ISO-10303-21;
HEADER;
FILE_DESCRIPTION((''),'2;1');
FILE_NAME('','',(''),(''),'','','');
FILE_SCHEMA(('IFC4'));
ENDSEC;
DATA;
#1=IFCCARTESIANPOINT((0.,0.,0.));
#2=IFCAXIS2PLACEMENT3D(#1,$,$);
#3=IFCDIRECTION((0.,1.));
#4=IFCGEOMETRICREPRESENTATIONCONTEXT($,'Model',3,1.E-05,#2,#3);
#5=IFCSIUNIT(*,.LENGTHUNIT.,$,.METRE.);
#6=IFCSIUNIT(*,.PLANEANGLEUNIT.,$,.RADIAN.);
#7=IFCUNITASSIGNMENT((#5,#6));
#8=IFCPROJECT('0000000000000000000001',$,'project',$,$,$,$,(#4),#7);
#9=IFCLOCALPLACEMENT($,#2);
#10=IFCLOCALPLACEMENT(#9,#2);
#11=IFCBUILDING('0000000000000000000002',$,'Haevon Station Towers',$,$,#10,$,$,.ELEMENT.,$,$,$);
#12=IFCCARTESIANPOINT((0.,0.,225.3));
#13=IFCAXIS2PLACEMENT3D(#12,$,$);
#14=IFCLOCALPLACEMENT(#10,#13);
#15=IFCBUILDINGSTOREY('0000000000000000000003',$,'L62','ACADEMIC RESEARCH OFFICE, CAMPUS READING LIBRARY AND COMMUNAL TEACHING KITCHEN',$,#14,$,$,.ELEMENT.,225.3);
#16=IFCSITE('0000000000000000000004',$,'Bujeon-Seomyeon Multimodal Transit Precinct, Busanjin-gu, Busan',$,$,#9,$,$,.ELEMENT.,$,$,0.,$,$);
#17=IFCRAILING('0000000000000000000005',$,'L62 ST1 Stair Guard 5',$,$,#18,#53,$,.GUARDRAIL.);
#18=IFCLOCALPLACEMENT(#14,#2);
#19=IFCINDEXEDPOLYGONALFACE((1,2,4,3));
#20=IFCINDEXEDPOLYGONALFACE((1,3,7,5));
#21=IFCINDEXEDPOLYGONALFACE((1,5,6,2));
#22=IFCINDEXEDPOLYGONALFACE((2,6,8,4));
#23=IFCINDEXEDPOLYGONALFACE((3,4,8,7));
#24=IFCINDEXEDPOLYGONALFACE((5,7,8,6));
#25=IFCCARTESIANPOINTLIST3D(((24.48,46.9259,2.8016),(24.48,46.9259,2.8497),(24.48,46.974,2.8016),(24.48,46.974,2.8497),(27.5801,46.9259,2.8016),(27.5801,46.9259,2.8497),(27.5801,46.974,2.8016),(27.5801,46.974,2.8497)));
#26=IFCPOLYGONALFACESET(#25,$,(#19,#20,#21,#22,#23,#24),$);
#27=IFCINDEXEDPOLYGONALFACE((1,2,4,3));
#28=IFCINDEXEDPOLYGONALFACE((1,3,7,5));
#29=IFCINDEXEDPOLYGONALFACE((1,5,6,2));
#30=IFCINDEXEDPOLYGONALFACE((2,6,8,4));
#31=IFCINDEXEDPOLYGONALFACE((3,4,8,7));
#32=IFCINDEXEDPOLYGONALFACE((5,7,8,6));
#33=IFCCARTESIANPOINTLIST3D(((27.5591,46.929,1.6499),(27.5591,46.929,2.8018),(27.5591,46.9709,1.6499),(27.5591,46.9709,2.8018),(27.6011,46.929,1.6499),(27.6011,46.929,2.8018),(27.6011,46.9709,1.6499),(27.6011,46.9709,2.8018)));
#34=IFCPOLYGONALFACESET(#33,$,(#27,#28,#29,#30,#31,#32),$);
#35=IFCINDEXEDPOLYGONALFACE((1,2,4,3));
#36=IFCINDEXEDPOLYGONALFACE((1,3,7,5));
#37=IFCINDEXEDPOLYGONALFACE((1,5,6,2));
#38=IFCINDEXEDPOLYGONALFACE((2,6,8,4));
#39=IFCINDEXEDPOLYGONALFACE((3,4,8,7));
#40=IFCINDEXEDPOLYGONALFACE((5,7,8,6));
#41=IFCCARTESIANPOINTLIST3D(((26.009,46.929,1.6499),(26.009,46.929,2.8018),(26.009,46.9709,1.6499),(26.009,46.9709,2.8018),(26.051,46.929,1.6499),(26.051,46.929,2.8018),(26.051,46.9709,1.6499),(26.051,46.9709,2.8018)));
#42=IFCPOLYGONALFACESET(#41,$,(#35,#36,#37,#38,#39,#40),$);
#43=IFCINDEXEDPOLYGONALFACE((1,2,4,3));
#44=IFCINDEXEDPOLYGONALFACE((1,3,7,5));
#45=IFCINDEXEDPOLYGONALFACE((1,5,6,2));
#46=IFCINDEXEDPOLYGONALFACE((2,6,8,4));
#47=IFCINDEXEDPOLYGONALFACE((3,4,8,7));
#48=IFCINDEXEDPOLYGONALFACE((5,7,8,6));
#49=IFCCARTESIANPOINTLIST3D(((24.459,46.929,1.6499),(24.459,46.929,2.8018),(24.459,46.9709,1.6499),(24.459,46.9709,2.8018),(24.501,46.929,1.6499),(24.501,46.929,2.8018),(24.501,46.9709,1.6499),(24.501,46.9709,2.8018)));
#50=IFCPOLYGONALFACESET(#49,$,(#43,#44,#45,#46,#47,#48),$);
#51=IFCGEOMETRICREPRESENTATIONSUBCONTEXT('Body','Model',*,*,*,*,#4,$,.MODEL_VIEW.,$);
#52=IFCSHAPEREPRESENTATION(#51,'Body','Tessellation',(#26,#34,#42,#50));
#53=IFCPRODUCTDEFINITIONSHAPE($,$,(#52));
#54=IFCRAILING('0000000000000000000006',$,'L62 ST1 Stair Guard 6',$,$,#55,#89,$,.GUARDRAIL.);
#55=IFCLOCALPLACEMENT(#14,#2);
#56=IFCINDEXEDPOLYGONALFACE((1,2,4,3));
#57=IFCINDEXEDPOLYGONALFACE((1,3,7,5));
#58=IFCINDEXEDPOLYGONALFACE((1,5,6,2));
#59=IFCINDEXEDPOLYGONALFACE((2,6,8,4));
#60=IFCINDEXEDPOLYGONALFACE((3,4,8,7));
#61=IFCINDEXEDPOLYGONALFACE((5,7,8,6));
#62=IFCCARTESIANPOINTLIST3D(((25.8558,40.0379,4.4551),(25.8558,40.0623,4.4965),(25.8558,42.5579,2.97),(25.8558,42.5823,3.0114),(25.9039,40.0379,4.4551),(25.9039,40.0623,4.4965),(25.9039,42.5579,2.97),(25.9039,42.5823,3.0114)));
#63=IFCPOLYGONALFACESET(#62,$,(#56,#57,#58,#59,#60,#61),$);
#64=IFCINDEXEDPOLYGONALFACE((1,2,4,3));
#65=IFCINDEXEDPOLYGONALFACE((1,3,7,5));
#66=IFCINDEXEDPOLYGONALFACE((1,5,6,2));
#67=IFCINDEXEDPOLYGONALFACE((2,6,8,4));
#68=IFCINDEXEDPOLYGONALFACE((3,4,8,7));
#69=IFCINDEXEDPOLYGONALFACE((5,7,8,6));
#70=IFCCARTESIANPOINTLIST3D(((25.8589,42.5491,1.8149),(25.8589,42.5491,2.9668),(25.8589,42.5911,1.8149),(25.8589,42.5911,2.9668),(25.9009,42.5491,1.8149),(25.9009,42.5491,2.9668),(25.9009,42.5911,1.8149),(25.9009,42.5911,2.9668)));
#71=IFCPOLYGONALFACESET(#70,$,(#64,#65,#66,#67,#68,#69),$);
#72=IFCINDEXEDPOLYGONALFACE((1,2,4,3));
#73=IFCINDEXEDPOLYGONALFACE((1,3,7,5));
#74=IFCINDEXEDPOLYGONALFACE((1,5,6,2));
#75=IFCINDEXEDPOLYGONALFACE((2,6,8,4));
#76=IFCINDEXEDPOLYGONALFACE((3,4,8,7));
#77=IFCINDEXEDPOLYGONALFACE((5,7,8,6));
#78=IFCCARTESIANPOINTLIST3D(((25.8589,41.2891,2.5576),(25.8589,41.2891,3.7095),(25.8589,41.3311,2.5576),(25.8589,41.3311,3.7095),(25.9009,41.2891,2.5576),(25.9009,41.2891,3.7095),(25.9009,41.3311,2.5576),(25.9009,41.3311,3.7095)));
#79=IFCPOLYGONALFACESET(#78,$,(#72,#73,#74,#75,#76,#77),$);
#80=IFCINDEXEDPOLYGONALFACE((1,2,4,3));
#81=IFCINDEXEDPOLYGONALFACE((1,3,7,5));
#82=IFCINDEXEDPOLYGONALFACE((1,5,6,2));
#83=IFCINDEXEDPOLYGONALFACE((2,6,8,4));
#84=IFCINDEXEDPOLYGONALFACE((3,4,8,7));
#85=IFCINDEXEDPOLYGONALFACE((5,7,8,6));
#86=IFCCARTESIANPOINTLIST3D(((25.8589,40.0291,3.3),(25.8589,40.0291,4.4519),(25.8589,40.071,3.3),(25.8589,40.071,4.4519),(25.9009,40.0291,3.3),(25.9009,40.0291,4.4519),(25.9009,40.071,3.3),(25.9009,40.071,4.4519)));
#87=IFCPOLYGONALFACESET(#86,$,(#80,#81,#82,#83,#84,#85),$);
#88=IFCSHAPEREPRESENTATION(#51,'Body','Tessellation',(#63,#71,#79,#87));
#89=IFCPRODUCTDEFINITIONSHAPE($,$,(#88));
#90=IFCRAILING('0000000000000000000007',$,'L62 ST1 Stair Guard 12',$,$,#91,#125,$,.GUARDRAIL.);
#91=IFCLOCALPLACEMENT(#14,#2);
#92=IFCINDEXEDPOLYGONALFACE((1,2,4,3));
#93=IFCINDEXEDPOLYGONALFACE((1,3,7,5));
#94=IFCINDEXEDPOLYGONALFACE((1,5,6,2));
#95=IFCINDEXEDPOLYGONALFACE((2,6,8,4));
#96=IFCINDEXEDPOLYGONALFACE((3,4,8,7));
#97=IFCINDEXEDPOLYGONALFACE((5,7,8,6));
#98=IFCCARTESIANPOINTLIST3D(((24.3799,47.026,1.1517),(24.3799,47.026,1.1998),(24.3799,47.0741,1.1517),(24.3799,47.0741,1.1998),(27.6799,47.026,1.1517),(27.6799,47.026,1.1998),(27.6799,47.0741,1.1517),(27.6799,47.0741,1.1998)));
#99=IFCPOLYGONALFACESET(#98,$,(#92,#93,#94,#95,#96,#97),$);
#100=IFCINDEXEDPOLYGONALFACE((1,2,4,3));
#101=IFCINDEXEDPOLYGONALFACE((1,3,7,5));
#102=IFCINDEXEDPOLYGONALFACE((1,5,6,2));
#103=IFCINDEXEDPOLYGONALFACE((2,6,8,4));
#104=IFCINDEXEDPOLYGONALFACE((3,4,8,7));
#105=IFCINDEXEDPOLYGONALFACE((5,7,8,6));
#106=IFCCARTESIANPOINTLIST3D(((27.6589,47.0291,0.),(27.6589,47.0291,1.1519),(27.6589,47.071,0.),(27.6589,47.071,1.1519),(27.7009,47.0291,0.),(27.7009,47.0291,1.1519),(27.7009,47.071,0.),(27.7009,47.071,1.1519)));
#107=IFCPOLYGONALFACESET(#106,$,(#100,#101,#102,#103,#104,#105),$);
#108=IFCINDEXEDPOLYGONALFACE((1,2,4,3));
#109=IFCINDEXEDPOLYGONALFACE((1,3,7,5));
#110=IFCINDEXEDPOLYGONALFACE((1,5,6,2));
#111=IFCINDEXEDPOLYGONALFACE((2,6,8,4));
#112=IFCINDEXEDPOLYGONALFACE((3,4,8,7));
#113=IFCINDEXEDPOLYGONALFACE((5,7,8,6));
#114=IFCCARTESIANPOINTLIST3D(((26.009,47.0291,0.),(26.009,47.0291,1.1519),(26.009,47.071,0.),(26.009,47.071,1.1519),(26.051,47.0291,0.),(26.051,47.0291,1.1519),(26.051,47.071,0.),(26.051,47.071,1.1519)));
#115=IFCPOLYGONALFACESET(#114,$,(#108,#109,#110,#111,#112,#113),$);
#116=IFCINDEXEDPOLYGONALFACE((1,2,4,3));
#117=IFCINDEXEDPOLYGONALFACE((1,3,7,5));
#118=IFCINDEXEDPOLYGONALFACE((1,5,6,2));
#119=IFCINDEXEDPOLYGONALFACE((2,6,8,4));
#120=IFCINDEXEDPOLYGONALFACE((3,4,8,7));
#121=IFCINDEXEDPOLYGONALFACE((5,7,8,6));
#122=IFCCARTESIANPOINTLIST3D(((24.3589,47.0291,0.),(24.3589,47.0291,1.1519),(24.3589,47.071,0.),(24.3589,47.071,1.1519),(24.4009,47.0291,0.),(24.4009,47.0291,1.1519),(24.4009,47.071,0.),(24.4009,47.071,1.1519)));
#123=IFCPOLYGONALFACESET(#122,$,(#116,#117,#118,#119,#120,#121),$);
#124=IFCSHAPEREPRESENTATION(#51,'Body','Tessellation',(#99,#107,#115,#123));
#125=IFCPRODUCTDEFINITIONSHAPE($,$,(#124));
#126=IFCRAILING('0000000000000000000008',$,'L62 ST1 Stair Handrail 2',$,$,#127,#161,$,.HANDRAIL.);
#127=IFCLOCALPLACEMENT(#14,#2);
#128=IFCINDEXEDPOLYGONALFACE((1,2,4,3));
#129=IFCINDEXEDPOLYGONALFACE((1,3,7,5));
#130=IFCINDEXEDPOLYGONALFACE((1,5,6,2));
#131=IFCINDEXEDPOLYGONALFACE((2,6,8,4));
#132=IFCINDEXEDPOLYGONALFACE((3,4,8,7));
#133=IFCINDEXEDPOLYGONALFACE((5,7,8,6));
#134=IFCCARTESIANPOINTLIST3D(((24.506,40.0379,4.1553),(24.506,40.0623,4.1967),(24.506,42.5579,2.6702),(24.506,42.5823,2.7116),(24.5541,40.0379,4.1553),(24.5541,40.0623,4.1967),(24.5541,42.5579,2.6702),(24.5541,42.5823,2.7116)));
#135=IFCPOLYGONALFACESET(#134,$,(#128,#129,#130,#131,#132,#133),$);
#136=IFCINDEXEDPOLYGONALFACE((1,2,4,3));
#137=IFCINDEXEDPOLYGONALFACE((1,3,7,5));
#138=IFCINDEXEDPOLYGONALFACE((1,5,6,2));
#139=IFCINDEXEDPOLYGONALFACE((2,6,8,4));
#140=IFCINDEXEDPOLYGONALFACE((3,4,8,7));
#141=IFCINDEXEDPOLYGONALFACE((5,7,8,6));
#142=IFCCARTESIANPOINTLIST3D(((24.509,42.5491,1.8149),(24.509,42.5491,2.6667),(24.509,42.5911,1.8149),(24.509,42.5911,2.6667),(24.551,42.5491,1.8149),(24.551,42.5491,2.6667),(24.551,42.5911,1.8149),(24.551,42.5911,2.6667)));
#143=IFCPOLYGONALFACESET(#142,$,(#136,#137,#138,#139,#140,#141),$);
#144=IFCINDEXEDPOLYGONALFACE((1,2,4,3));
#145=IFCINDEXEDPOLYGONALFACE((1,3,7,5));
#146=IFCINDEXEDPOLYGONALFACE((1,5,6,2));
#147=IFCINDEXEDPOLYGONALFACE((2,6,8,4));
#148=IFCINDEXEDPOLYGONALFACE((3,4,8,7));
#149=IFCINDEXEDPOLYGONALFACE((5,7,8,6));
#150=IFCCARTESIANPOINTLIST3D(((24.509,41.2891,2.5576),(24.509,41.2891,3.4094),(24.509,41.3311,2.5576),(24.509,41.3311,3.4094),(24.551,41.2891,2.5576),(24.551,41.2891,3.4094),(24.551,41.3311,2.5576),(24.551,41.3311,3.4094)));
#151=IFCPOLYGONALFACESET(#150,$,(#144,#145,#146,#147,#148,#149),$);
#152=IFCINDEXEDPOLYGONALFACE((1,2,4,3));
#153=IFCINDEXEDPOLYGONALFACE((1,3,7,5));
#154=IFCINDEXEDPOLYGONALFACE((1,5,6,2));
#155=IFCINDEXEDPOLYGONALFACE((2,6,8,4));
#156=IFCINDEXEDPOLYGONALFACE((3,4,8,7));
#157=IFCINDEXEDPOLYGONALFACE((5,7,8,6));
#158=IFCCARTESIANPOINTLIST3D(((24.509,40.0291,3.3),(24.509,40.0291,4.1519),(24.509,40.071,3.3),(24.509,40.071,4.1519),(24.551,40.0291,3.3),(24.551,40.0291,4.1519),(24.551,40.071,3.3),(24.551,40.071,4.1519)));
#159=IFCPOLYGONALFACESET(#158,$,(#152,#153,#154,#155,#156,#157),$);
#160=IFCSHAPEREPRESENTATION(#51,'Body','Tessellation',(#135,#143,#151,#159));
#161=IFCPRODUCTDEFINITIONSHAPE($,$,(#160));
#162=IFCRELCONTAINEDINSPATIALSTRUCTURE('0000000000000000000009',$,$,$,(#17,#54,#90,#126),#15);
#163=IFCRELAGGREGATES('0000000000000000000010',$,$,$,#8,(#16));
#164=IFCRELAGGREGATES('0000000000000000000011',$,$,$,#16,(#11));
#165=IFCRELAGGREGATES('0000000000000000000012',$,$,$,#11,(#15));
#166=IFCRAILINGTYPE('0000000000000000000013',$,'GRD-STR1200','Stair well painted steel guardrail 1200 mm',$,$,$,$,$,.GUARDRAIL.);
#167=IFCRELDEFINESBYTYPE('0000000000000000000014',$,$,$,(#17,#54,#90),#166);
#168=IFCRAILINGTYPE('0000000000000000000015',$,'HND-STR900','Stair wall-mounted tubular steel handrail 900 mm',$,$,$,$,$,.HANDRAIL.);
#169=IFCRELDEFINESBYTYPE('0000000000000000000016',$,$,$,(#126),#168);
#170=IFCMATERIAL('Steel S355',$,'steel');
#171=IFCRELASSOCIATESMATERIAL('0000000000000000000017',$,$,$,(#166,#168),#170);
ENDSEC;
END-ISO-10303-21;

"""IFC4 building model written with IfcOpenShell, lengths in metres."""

from ifc_helpers import new_model, si_unit, direction, frame, origin, origin_2d, place, context, subcontext, project, spatial, rectangle, extrude, material, type_object, element, save


model = new_model("IFC4")

# Units and contexts
model_context = context("Model", 3, precision=1e-05, world=origin(), true_north=direction((0.0, 1.0)))
body_context = subcontext(model_context, "Body", "Model", "MODEL_VIEW")
ifc_project = project(units=[si_unit("LENGTHUNIT", "METRE"), si_unit("PLANEANGLEUNIT", "RADIAN")], contexts=[model_context])

# Site, building, storey
site_placement = place(None, origin())
site = spatial("IfcSite", under=ifc_project, at=site_placement, Name="Bujeon-Seomyeon Multimodal Transit Precinct, Busanjin-gu, Busan", CompositionType="ELEMENT", RefElevation=0.0)
building_placement = place(site_placement, origin())
building = spatial("IfcBuilding", under=site, at=building_placement, Name="Haevon Station Towers", CompositionType="ELEMENT")
storey_placement = place(building_placement, frame((0.0, 0.0, 225.3)))
storey = spatial("IfcBuildingStorey", under=building, at=storey_placement, Name="L62", Description="ACADEMIC RESEARCH OFFICE, CAMPUS READING LIBRARY AND COMMUNAL TEACHING KITCHEN", CompositionType="ELEMENT", Elevation=225.3)

# Shared definitions
ifc_material_1 = material(Name="Steel S355", Category="steel")

# Railings
railing_type_1 = type_object("IfcRailingType", Name="GRD-STR1200", Description="Stair well painted steel guardrail 1200 mm", PredefinedType="GUARDRAIL", material=ifc_material_1)
railing_1_placement = place(storey_placement, frame((27.5801, 46.95, 1.6499)))
element("IfcRailing", 1, at=railing_1_placement, inside=storey, type_object=railing_type_1, Name="L62 ST1 Stair Guard 5", PredefinedType="GUARDRAIL", context=body_context, shape_type="SweptSolid", body=[
    extrude(rectangle(XDim=0.0481, YDim=0.0481, at=origin_2d()), frame((0.0, 0.0, 1.1758), z_axis=(-1.0, 0.0, 0.0), x_axis=(0.0, -1.0, 0.0)), (0.0, 0.0, 1.0), 3.1001),
    extrude(rectangle(XDim=0.042, YDim=0.042, at=origin_2d()), origin(), (0.0, 0.0, 1.0), 1.1519),
    extrude(rectangle(XDim=0.042, YDim=0.042, at=origin_2d()), frame((-1.55, 0.0, 0.0)), (0.0, 0.0, 1.0), 1.1519),
    extrude(rectangle(XDim=0.042, YDim=0.042, at=origin_2d()), frame((-3.1001, 0.0, 0.0)), (0.0, 0.0, 1.0), 1.1519),
])
railing_2_placement = place(storey_placement, frame((25.8799, 42.5701, 1.8149)))
element("IfcRailing", 2, at=railing_2_placement, inside=storey, type_object=railing_type_1, Name="L62 ST1 Stair Guard 6", PredefinedType="GUARDRAIL", context=body_context, shape_type="SweptSolid", body=[
    extrude(rectangle(XDim=0.0481, YDim=0.0481, at=origin_2d()), frame((0.0, 0.0, 1.1758), z_axis=(0.0, -0.861524, 0.507717), x_axis=(1.0, 0.0, 0.0)), (0.0, 0.0, 1.0), 2.925),
    extrude(rectangle(XDim=0.042, YDim=0.042, at=origin_2d()), origin(), (0.0, 0.0, 1.0), 1.1519),
    extrude(rectangle(XDim=0.042, YDim=0.042, at=origin_2d()), frame((0.0, -1.26, 0.7427)), (0.0, 0.0, 1.0), 1.1519),
    extrude(rectangle(XDim=0.042, YDim=0.042, at=origin_2d()), frame((0.0, -2.52, 1.4851)), (0.0, 0.0, 1.0), 1.1519),
])
railing_3_placement = place(storey_placement, frame((27.6799, 47.05, 0.0)))
element("IfcRailing", 3, at=railing_3_placement, inside=storey, type_object=railing_type_1, Name="L62 ST1 Stair Guard 12", PredefinedType="GUARDRAIL", context=body_context, shape_type="SweptSolid", body=[
    extrude(rectangle(XDim=0.0481, YDim=0.0481, at=origin_2d()), frame((0.0, 0.0, 1.1758), z_axis=(-1.0, 0.0, 0.0), x_axis=(0.0, -1.0, 0.0)), (0.0, 0.0, 1.0), 3.3),
    extrude(rectangle(XDim=0.042, YDim=0.042, at=origin_2d()), origin(), (0.0, 0.0, 1.0), 1.1519),
    extrude(rectangle(XDim=0.042, YDim=0.042, at=origin_2d()), frame((-1.6499, 0.0, 0.0)), (0.0, 0.0, 1.0), 1.1519),
    extrude(rectangle(XDim=0.042, YDim=0.042, at=origin_2d()), frame((-3.3, 0.0, 0.0)), (0.0, 0.0, 1.0), 1.1519),
])
railing_type_2 = type_object("IfcRailingType", Name="HND-STR900", Description="Stair wall-mounted tubular steel handrail 900 mm", PredefinedType="HANDRAIL", material=ifc_material_1)
railing_4_placement = place(storey_placement, frame((24.53, 42.5701, 1.8149)))
element("IfcRailing", 4, at=railing_4_placement, inside=storey, type_object=railing_type_2, Name="L62 ST1 Stair Handrail 2", PredefinedType="HANDRAIL", context=body_context, shape_type="SweptSolid", body=[
    extrude(rectangle(XDim=0.0481, YDim=0.0481, at=origin_2d()), frame((0.0, 0.0, 0.876), z_axis=(0.0, -0.861524, 0.507717), x_axis=(1.0, 0.0, 0.0)), (0.0, 0.0, 1.0), 2.925),
    extrude(rectangle(XDim=0.042, YDim=0.042, at=origin_2d()), origin(), (0.0, 0.0, 1.0), 0.8518),
    extrude(rectangle(XDim=0.042, YDim=0.042, at=origin_2d()), frame((0.0, -1.26, 0.7427)), (0.0, 0.0, 1.0), 0.8518),
    extrude(rectangle(XDim=0.042, YDim=0.042, at=origin_2d()), frame((0.0, -2.52, 1.4851)), (0.0, 0.0, 1.0), 0.8518),
])

save(model, "model.ifc")
